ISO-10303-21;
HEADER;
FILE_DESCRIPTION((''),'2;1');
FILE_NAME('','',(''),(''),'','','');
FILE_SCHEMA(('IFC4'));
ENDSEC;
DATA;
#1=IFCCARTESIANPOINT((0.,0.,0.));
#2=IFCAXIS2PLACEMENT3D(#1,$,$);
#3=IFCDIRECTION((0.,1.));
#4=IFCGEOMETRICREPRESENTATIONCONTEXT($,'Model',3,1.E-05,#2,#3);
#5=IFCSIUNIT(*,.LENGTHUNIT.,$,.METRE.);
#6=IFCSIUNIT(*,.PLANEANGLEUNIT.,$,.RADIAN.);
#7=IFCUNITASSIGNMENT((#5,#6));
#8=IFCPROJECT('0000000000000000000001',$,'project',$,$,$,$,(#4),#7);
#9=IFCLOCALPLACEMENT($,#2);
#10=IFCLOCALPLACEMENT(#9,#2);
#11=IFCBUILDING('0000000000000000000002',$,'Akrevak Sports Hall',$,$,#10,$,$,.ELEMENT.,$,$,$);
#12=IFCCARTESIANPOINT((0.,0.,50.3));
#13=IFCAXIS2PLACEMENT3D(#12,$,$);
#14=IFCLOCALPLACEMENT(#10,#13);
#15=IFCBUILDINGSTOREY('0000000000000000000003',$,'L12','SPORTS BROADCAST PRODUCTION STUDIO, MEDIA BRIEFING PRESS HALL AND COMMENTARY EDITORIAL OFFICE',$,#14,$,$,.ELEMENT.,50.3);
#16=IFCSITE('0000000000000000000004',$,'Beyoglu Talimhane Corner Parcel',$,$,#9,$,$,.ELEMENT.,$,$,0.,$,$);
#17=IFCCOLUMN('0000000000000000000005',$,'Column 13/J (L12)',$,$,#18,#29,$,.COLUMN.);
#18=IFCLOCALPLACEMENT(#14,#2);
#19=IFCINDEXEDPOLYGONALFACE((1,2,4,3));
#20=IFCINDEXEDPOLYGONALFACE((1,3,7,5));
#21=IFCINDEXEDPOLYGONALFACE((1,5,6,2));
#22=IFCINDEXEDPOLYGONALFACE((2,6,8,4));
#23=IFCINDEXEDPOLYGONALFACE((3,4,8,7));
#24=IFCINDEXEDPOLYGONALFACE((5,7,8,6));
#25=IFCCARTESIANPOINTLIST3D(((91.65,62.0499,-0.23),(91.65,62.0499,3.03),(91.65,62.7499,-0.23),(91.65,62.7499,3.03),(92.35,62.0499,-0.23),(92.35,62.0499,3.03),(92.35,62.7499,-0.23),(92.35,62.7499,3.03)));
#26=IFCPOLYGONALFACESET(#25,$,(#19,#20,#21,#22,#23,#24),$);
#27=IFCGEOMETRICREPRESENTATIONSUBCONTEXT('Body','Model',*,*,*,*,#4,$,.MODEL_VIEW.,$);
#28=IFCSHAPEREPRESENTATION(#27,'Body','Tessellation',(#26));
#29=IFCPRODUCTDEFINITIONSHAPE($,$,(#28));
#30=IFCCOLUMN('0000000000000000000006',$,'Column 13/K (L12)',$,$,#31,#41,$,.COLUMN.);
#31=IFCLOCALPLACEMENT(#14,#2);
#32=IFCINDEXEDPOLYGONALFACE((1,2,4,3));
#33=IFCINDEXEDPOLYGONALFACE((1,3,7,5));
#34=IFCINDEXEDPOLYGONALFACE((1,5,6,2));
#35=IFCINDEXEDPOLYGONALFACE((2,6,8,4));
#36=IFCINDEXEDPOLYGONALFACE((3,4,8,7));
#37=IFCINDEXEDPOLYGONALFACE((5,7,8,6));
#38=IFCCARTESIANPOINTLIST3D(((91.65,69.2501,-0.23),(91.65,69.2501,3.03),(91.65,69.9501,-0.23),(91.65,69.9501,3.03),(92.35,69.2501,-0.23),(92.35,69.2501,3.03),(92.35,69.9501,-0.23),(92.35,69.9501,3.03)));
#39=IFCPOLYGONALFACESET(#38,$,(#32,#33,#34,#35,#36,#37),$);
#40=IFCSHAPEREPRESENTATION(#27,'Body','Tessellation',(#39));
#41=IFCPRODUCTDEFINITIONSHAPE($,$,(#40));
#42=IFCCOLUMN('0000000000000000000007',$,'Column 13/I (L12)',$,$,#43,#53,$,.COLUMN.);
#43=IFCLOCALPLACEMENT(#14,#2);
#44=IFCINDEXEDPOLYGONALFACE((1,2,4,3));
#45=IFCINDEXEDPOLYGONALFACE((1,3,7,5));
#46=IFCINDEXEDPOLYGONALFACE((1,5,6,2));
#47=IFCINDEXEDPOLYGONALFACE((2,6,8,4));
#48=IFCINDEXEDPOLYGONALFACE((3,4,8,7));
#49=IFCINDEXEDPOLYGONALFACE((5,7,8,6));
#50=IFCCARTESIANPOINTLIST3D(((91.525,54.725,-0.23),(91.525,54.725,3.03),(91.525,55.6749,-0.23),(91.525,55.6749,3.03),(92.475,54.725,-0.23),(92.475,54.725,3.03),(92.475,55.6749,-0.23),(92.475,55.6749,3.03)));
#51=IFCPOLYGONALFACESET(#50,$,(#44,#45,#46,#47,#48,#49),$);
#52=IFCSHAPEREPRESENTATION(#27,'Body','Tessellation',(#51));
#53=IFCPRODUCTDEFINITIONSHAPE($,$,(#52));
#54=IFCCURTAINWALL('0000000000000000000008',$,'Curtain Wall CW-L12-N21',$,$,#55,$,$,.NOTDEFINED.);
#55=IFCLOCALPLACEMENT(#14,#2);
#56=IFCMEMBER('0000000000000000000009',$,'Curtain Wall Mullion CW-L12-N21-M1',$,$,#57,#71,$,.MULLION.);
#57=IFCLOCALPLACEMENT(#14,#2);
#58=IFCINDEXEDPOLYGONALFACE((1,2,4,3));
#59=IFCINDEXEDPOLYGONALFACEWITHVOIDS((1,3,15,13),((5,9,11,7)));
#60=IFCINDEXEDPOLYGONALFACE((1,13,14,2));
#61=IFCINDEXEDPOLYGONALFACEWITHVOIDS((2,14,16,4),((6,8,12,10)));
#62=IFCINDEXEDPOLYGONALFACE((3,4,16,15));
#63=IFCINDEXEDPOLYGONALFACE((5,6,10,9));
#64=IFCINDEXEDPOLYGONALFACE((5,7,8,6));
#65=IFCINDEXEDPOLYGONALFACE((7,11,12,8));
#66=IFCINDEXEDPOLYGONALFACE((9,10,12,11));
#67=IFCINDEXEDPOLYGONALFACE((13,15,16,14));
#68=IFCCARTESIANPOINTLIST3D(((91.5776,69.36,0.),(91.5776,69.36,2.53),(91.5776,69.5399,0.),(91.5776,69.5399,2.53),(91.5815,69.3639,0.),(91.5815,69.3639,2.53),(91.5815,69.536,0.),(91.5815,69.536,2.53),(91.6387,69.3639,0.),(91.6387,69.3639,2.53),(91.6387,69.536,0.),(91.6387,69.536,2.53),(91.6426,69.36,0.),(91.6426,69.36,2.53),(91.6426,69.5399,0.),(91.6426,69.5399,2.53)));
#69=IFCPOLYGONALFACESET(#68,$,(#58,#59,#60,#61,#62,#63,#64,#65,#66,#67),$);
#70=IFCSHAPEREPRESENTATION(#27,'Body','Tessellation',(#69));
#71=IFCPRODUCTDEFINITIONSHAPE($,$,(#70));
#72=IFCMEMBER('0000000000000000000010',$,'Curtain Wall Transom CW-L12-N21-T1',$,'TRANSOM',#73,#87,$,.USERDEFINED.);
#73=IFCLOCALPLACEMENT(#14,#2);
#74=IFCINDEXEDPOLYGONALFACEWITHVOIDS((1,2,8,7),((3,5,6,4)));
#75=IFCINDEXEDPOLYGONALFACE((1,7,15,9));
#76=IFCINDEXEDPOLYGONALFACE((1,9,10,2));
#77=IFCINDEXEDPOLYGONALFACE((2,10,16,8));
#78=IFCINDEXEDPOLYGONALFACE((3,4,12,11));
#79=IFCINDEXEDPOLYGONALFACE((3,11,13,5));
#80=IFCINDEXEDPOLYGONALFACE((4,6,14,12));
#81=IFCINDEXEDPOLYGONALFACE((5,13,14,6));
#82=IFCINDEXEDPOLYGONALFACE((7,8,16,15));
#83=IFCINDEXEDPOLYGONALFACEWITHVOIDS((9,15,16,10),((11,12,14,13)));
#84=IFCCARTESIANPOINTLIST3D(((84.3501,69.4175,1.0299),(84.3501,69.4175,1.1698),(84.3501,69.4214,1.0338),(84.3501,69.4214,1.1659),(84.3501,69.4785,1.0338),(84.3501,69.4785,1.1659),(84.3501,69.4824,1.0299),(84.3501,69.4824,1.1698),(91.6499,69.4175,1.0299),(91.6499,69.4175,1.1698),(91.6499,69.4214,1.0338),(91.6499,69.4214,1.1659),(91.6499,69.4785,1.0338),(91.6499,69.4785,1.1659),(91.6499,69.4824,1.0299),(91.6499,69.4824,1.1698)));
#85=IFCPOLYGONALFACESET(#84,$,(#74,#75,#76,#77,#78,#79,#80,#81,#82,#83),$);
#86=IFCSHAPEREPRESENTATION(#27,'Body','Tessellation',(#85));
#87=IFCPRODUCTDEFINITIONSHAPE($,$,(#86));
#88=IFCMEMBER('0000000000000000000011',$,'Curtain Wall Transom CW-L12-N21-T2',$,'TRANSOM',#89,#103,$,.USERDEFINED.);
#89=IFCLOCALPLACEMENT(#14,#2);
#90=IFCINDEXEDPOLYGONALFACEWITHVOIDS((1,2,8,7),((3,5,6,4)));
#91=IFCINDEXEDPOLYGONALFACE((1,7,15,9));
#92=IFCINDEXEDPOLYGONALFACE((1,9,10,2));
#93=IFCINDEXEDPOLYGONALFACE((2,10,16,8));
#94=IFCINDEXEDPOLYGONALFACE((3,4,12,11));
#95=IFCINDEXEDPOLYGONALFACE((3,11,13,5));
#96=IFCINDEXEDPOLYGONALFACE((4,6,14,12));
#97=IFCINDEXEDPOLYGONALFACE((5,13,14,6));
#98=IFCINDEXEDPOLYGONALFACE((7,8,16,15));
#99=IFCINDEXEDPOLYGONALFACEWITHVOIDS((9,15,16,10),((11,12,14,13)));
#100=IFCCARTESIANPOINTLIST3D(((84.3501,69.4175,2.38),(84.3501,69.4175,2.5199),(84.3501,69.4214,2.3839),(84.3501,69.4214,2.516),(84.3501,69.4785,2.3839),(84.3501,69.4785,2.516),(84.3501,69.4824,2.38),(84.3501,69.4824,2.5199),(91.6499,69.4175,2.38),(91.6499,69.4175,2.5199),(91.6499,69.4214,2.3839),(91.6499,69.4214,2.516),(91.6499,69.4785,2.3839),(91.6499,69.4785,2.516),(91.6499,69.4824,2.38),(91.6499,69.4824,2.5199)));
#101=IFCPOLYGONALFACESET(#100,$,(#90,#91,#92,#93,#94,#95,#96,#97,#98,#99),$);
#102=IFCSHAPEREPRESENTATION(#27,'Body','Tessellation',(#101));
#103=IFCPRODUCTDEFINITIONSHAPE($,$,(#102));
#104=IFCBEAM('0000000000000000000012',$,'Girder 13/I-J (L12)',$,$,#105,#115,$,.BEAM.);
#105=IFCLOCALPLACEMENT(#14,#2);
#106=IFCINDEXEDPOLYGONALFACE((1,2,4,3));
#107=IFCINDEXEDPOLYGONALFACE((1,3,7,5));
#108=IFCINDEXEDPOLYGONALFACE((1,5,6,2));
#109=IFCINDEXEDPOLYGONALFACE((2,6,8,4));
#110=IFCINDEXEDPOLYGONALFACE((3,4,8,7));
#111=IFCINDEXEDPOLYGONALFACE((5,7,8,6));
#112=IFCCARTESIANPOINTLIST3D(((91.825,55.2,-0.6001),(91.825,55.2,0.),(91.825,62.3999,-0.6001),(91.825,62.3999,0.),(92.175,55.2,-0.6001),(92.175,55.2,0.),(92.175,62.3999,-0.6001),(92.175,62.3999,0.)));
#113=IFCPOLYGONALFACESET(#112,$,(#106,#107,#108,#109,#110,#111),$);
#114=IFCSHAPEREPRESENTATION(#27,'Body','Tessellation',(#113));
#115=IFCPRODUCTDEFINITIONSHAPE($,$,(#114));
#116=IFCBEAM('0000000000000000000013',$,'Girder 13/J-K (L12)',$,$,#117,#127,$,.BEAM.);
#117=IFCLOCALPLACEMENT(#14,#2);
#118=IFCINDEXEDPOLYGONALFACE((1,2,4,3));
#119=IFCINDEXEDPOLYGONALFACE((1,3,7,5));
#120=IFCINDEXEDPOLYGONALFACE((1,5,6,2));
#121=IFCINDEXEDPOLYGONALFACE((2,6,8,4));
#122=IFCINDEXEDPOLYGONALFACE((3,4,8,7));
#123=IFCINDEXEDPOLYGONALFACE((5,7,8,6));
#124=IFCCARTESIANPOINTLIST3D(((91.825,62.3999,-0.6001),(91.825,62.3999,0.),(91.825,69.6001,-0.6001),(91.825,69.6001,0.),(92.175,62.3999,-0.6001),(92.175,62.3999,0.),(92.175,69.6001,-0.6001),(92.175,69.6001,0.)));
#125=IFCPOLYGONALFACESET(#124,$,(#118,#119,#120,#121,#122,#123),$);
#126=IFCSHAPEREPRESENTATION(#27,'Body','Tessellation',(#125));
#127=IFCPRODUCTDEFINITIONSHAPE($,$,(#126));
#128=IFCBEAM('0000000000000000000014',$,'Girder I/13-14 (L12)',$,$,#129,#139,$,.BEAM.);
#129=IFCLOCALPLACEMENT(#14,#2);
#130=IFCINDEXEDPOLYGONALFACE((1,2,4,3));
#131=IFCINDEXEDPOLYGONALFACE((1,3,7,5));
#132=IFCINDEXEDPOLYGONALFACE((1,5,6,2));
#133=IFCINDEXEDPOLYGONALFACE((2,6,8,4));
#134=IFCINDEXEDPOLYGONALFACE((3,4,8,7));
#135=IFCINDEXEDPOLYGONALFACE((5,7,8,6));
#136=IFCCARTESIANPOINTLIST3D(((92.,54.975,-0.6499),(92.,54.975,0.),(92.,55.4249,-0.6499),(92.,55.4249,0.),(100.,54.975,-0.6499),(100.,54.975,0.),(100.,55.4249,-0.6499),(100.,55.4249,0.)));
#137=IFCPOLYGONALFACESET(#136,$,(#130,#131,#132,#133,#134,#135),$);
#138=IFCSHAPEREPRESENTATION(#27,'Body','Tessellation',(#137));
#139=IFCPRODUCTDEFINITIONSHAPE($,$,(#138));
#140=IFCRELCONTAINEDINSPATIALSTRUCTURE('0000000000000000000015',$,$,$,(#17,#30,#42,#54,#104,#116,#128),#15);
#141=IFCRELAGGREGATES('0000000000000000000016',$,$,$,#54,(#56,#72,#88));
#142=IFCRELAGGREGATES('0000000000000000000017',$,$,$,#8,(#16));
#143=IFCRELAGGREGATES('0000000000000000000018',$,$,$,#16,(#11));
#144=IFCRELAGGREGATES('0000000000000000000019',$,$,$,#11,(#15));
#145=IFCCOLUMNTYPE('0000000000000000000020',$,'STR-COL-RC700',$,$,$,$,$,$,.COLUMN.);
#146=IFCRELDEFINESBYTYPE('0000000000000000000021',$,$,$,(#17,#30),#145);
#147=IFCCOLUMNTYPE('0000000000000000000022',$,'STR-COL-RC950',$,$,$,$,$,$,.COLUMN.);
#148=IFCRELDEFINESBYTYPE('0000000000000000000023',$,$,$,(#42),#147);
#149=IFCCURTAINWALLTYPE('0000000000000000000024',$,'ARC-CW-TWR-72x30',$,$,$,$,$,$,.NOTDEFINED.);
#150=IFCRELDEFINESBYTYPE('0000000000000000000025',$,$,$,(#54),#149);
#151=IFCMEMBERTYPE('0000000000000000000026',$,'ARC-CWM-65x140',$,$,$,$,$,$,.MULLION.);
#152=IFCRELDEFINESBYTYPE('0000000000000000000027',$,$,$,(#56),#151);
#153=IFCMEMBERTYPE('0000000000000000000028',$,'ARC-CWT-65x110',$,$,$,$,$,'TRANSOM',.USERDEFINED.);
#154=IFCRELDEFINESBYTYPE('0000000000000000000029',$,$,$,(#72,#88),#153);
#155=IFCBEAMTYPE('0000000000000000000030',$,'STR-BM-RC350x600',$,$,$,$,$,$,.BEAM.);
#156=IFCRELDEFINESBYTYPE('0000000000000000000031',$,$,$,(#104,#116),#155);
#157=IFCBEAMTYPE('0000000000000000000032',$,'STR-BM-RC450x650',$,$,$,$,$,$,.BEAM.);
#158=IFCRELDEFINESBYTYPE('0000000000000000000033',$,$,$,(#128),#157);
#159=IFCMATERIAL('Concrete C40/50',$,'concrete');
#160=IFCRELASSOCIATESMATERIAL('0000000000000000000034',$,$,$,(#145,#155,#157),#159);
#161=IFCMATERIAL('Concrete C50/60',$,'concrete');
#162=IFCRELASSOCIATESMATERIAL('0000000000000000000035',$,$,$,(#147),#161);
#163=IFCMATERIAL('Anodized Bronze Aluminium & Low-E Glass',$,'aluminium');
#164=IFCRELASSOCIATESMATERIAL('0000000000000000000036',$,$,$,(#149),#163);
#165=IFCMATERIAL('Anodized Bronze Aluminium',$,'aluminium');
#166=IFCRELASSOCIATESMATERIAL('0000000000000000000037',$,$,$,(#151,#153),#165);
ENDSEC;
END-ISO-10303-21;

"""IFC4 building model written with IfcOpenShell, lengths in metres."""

from ifc_helpers import new_model, si_unit, direction, frame, origin, origin_2d, place, context, subcontext, project, spatial, rectangle, hollow_rectangle, extrude, material, material_profile, profile_set, type_object, element, aggregate, save


model = new_model("IFC4")

# Units and contexts
model_context = context("Model", 3, precision=1e-05, world=origin(), true_north=direction((0.0, 1.0)))
body_context = subcontext(model_context, "Body", "Model", "MODEL_VIEW")
ifc_project = project(units=[si_unit("LENGTHUNIT", "METRE"), si_unit("PLANEANGLEUNIT", "RADIAN")], contexts=[model_context])

# Site, building, storey
site_placement = place(None, origin())
site = spatial("IfcSite", under=ifc_project, at=site_placement, Name="Beyoglu Talimhane Corner Parcel", CompositionType="ELEMENT", RefElevation=0.0)
building_placement = place(site_placement, origin())
building = spatial("IfcBuilding", under=site, at=building_placement, Name="Akrevak Sports Hall", CompositionType="ELEMENT")
storey_placement = place(building_placement, frame((0.0, 0.0, 50.3)))
storey = spatial("IfcBuildingStorey", under=building, at=storey_placement, Name="L12", Description="SPORTS BROADCAST PRODUCTION STUDIO, MEDIA BRIEFING PRESS HALL AND COMMENTARY EDITORIAL OFFICE", CompositionType="ELEMENT", Elevation=50.3)

# Columns
ifc_material_1 = material(Name="Concrete C40/50", Category="concrete")
ifc_material_profile_1 = material_profile(ifc_material_1, rectangle(XDim=0.7, YDim=0.7, at=origin_2d()), Name="RC 700x700", Category="concrete")
ifc_profile_set_1 = profile_set([ifc_material_profile_1], Name="Concrete C40/50")
column_type_1 = type_object("IfcColumnType", Name="STR-COL-RC700", PredefinedType="COLUMN", material=ifc_profile_set_1)
for number, where, z_axis, x_axis, name in (
    (1, (92.0, 62.3999, -0.23), (0.0, 0.0, 1.0), (1.0, 0.0, 0.0), "Column 13/J (L12)"),
    (2, (92.0, 69.6001, -0.23), (0.0, 0.0, 1.0), (1.0, 0.0, 0.0), "Column 13/K (L12)"),
):
    element("IfcColumn", number, at=place(storey_placement, frame(where, z_axis=z_axis, x_axis=x_axis)), inside=storey, type_object=column_type_1, Name=name, PredefinedType="COLUMN", context=body_context, shape_type="SweptSolid", body=[
        extrude(rectangle(XDim=0.7, YDim=0.7, at=origin_2d()), origin(), (0.0, 0.0, 1.0), 3.26),
    ])
ifc_material_2 = material(Name="Concrete C50/60", Category="concrete")
ifc_material_profile_2 = material_profile(ifc_material_2, rectangle(XDim=0.95, YDim=0.95, at=origin_2d()), Name="RC 950x950", Category="concrete")
ifc_profile_set_2 = profile_set([ifc_material_profile_2], Name="Concrete C50/60")
column_type_2 = type_object("IfcColumnType", Name="STR-COL-RC950", PredefinedType="COLUMN", material=ifc_profile_set_2)
column_placement = place(storey_placement, frame((92.0, 55.2, -0.23), z_axis=(0.0, 0.0, 1.0), x_axis=(1.0, 0.0, 0.0)))
element("IfcColumn", 3, at=column_placement, inside=storey, type_object=column_type_2, Name="Column 13/I (L12)", PredefinedType="COLUMN", context=body_context, shape_type="SweptSolid", body=[
    extrude(rectangle(XDim=0.95, YDim=0.95, at=origin_2d()), origin(), (0.0, 0.0, 1.0), 3.26),
])

# Curtain wall, members
ifc_material_3 = material(Name="Anodized Bronze Aluminium & Low-E Glass", Category="aluminium")
curtain_wall_type = type_object("IfcCurtainWallType", Name="ARC-CW-TWR-72x30", PredefinedType="NOTDEFINED", material=ifc_material_3)
curtain_wall_placement = place(storey_placement, origin())
curtain_wall = element("IfcCurtainWall", 4, at=curtain_wall_placement, inside=storey, type_object=curtain_wall_type, Name="Curtain Wall CW-L12-N21", PredefinedType="NOTDEFINED")
ifc_material_4 = material(Name="Anodized Bronze Aluminium", Category="aluminium")
ifc_material_profile_3 = material_profile(ifc_material_4, hollow_rectangle(XDim=0.0649, YDim=0.1799, WallThickness=0.0039, at=origin_2d()), Name="CWM 65x180", Category="aluminium")
ifc_profile_set_3 = profile_set([ifc_material_profile_3], Name="Anodized Bronze Aluminium")
member_type_1 = type_object("IfcMemberType", Name="ARC-CWM-65x140", PredefinedType="MULLION", material=ifc_profile_set_3)
member_1_placement = place(storey_placement, frame((91.6101, 69.45, 0.0), z_axis=(0.0, 0.0, 1.0), x_axis=(-1.0, 0.0, 0.0)))
member_1 = element("IfcMember", 5, at=member_1_placement, type_object=member_type_1, Name="Curtain Wall Mullion CW-L12-N21-M1", PredefinedType="MULLION", context=body_context, shape_type="SweptSolid", body=[
    extrude(hollow_rectangle(XDim=0.0649, YDim=0.1799, WallThickness=0.0039, at=origin_2d()), origin(), (0.0, 0.0, 1.0), 2.53),
])
ifc_material_profile_4 = material_profile(ifc_material_4, hollow_rectangle(XDim=0.0649, YDim=0.1399, WallThickness=0.0039, at=origin_2d()), Name="CWT 65x140", Category="aluminium")
ifc_profile_set_4 = profile_set([ifc_material_profile_4], Name="Anodized Bronze Aluminium")
member_type_2 = type_object("IfcMemberType", Name="ARC-CWT-65x110", ElementType="TRANSOM", PredefinedType="USERDEFINED", material=ifc_profile_set_4)
member_2_placement = place(storey_placement, frame((91.6499, 69.45, 1.0999), z_axis=(-1.0, 0.0, 0.0), x_axis=(0.0, -1.0, 0.0)))
member_2 = element("IfcMember", 6, at=member_2_placement, type_object=member_type_2, Name="Curtain Wall Transom CW-L12-N21-T1", ObjectType="TRANSOM", PredefinedType="USERDEFINED", context=body_context, shape_type="SweptSolid", body=[
    extrude(hollow_rectangle(XDim=0.0649, YDim=0.1399, WallThickness=0.0039, at=origin_2d()), origin(), (0.0, 0.0, 1.0), 7.2998),
])
member_3_placement = place(storey_placement, frame((91.6499, 69.45, 2.45), z_axis=(-1.0, 0.0, 0.0), x_axis=(0.0, -1.0, 0.0)))
member_3 = element("IfcMember", 7, at=member_3_placement, type_object=member_type_2, Name="Curtain Wall Transom CW-L12-N21-T2", ObjectType="TRANSOM", PredefinedType="USERDEFINED", context=body_context, shape_type="SweptSolid", body=[
    extrude(hollow_rectangle(XDim=0.0649, YDim=0.1399, WallThickness=0.0039, at=origin_2d()), origin(), (0.0, 0.0, 1.0), 7.2998),
])
aggregate(curtain_wall, [member_1, member_2, member_3])

# Beams
ifc_material_profile_5 = material_profile(ifc_material_1, rectangle(XDim=0.3501, YDim=0.6001, at=origin_2d()), Name="BM 350x600", Category="concrete")
ifc_profile_set_5 = profile_set([ifc_material_profile_5], Name="Concrete C40/50")
beam_type_1 = type_object("IfcBeamType", Name="STR-BM-RC350x600", PredefinedType="BEAM", material=ifc_profile_set_5)
beam_1_placement = place(storey_placement, frame((92.0, 55.2, -0.3), z_axis=(0.0, 1.0, 0.0), x_axis=(-1.0, 0.0, 0.0)))
element("IfcBeam", 8, at=beam_1_placement, inside=storey, type_object=beam_type_1, Name="Girder 13/I-J (L12)", PredefinedType="BEAM", context=body_context, shape_type="SweptSolid", body=[
    extrude(rectangle(XDim=0.3501, YDim=0.6001, at=origin_2d()), origin(), (0.0, 0.0, 1.0), 7.2),
])
beam_2_placement = place(storey_placement, frame((92.0, 62.3999, -0.3), z_axis=(0.0, 1.0, 0.0), x_axis=(-1.0, 0.0, 0.0)))
element("IfcBeam", 9, at=beam_2_placement, inside=storey, type_object=beam_type_1, Name="Girder 13/J-K (L12)", PredefinedType="BEAM", context=body_context, shape_type="SweptSolid", body=[
    extrude(rectangle(XDim=0.3501, YDim=0.6001, at=origin_2d()), origin(), (0.0, 0.0, 1.0), 7.2002),
])
ifc_material_profile_6 = material_profile(ifc_material_1, rectangle(XDim=0.45, YDim=0.6499, at=origin_2d()), Name="BM 450x650", Category="concrete")
ifc_profile_set_6 = profile_set([ifc_material_profile_6], Name="Concrete C40/50")
beam_type_2 = type_object("IfcBeamType", Name="STR-BM-RC450x650", PredefinedType="BEAM", material=ifc_profile_set_6)
beam_3_placement = place(storey_placement, frame((92.0, 55.2, -0.325), z_axis=(1.0, 0.0, 0.0), x_axis=(0.0, 1.0, 0.0)))
element("IfcBeam", 10, at=beam_3_placement, inside=storey, type_object=beam_type_2, Name="Girder I/13-14 (L12)", PredefinedType="BEAM", context=body_context, shape_type="SweptSolid", body=[
    extrude(rectangle(XDim=0.45, YDim=0.6499, at=origin_2d()), origin(), (0.0, 0.0, 1.0), 8.0),
])

save(model, "model.ifc")
